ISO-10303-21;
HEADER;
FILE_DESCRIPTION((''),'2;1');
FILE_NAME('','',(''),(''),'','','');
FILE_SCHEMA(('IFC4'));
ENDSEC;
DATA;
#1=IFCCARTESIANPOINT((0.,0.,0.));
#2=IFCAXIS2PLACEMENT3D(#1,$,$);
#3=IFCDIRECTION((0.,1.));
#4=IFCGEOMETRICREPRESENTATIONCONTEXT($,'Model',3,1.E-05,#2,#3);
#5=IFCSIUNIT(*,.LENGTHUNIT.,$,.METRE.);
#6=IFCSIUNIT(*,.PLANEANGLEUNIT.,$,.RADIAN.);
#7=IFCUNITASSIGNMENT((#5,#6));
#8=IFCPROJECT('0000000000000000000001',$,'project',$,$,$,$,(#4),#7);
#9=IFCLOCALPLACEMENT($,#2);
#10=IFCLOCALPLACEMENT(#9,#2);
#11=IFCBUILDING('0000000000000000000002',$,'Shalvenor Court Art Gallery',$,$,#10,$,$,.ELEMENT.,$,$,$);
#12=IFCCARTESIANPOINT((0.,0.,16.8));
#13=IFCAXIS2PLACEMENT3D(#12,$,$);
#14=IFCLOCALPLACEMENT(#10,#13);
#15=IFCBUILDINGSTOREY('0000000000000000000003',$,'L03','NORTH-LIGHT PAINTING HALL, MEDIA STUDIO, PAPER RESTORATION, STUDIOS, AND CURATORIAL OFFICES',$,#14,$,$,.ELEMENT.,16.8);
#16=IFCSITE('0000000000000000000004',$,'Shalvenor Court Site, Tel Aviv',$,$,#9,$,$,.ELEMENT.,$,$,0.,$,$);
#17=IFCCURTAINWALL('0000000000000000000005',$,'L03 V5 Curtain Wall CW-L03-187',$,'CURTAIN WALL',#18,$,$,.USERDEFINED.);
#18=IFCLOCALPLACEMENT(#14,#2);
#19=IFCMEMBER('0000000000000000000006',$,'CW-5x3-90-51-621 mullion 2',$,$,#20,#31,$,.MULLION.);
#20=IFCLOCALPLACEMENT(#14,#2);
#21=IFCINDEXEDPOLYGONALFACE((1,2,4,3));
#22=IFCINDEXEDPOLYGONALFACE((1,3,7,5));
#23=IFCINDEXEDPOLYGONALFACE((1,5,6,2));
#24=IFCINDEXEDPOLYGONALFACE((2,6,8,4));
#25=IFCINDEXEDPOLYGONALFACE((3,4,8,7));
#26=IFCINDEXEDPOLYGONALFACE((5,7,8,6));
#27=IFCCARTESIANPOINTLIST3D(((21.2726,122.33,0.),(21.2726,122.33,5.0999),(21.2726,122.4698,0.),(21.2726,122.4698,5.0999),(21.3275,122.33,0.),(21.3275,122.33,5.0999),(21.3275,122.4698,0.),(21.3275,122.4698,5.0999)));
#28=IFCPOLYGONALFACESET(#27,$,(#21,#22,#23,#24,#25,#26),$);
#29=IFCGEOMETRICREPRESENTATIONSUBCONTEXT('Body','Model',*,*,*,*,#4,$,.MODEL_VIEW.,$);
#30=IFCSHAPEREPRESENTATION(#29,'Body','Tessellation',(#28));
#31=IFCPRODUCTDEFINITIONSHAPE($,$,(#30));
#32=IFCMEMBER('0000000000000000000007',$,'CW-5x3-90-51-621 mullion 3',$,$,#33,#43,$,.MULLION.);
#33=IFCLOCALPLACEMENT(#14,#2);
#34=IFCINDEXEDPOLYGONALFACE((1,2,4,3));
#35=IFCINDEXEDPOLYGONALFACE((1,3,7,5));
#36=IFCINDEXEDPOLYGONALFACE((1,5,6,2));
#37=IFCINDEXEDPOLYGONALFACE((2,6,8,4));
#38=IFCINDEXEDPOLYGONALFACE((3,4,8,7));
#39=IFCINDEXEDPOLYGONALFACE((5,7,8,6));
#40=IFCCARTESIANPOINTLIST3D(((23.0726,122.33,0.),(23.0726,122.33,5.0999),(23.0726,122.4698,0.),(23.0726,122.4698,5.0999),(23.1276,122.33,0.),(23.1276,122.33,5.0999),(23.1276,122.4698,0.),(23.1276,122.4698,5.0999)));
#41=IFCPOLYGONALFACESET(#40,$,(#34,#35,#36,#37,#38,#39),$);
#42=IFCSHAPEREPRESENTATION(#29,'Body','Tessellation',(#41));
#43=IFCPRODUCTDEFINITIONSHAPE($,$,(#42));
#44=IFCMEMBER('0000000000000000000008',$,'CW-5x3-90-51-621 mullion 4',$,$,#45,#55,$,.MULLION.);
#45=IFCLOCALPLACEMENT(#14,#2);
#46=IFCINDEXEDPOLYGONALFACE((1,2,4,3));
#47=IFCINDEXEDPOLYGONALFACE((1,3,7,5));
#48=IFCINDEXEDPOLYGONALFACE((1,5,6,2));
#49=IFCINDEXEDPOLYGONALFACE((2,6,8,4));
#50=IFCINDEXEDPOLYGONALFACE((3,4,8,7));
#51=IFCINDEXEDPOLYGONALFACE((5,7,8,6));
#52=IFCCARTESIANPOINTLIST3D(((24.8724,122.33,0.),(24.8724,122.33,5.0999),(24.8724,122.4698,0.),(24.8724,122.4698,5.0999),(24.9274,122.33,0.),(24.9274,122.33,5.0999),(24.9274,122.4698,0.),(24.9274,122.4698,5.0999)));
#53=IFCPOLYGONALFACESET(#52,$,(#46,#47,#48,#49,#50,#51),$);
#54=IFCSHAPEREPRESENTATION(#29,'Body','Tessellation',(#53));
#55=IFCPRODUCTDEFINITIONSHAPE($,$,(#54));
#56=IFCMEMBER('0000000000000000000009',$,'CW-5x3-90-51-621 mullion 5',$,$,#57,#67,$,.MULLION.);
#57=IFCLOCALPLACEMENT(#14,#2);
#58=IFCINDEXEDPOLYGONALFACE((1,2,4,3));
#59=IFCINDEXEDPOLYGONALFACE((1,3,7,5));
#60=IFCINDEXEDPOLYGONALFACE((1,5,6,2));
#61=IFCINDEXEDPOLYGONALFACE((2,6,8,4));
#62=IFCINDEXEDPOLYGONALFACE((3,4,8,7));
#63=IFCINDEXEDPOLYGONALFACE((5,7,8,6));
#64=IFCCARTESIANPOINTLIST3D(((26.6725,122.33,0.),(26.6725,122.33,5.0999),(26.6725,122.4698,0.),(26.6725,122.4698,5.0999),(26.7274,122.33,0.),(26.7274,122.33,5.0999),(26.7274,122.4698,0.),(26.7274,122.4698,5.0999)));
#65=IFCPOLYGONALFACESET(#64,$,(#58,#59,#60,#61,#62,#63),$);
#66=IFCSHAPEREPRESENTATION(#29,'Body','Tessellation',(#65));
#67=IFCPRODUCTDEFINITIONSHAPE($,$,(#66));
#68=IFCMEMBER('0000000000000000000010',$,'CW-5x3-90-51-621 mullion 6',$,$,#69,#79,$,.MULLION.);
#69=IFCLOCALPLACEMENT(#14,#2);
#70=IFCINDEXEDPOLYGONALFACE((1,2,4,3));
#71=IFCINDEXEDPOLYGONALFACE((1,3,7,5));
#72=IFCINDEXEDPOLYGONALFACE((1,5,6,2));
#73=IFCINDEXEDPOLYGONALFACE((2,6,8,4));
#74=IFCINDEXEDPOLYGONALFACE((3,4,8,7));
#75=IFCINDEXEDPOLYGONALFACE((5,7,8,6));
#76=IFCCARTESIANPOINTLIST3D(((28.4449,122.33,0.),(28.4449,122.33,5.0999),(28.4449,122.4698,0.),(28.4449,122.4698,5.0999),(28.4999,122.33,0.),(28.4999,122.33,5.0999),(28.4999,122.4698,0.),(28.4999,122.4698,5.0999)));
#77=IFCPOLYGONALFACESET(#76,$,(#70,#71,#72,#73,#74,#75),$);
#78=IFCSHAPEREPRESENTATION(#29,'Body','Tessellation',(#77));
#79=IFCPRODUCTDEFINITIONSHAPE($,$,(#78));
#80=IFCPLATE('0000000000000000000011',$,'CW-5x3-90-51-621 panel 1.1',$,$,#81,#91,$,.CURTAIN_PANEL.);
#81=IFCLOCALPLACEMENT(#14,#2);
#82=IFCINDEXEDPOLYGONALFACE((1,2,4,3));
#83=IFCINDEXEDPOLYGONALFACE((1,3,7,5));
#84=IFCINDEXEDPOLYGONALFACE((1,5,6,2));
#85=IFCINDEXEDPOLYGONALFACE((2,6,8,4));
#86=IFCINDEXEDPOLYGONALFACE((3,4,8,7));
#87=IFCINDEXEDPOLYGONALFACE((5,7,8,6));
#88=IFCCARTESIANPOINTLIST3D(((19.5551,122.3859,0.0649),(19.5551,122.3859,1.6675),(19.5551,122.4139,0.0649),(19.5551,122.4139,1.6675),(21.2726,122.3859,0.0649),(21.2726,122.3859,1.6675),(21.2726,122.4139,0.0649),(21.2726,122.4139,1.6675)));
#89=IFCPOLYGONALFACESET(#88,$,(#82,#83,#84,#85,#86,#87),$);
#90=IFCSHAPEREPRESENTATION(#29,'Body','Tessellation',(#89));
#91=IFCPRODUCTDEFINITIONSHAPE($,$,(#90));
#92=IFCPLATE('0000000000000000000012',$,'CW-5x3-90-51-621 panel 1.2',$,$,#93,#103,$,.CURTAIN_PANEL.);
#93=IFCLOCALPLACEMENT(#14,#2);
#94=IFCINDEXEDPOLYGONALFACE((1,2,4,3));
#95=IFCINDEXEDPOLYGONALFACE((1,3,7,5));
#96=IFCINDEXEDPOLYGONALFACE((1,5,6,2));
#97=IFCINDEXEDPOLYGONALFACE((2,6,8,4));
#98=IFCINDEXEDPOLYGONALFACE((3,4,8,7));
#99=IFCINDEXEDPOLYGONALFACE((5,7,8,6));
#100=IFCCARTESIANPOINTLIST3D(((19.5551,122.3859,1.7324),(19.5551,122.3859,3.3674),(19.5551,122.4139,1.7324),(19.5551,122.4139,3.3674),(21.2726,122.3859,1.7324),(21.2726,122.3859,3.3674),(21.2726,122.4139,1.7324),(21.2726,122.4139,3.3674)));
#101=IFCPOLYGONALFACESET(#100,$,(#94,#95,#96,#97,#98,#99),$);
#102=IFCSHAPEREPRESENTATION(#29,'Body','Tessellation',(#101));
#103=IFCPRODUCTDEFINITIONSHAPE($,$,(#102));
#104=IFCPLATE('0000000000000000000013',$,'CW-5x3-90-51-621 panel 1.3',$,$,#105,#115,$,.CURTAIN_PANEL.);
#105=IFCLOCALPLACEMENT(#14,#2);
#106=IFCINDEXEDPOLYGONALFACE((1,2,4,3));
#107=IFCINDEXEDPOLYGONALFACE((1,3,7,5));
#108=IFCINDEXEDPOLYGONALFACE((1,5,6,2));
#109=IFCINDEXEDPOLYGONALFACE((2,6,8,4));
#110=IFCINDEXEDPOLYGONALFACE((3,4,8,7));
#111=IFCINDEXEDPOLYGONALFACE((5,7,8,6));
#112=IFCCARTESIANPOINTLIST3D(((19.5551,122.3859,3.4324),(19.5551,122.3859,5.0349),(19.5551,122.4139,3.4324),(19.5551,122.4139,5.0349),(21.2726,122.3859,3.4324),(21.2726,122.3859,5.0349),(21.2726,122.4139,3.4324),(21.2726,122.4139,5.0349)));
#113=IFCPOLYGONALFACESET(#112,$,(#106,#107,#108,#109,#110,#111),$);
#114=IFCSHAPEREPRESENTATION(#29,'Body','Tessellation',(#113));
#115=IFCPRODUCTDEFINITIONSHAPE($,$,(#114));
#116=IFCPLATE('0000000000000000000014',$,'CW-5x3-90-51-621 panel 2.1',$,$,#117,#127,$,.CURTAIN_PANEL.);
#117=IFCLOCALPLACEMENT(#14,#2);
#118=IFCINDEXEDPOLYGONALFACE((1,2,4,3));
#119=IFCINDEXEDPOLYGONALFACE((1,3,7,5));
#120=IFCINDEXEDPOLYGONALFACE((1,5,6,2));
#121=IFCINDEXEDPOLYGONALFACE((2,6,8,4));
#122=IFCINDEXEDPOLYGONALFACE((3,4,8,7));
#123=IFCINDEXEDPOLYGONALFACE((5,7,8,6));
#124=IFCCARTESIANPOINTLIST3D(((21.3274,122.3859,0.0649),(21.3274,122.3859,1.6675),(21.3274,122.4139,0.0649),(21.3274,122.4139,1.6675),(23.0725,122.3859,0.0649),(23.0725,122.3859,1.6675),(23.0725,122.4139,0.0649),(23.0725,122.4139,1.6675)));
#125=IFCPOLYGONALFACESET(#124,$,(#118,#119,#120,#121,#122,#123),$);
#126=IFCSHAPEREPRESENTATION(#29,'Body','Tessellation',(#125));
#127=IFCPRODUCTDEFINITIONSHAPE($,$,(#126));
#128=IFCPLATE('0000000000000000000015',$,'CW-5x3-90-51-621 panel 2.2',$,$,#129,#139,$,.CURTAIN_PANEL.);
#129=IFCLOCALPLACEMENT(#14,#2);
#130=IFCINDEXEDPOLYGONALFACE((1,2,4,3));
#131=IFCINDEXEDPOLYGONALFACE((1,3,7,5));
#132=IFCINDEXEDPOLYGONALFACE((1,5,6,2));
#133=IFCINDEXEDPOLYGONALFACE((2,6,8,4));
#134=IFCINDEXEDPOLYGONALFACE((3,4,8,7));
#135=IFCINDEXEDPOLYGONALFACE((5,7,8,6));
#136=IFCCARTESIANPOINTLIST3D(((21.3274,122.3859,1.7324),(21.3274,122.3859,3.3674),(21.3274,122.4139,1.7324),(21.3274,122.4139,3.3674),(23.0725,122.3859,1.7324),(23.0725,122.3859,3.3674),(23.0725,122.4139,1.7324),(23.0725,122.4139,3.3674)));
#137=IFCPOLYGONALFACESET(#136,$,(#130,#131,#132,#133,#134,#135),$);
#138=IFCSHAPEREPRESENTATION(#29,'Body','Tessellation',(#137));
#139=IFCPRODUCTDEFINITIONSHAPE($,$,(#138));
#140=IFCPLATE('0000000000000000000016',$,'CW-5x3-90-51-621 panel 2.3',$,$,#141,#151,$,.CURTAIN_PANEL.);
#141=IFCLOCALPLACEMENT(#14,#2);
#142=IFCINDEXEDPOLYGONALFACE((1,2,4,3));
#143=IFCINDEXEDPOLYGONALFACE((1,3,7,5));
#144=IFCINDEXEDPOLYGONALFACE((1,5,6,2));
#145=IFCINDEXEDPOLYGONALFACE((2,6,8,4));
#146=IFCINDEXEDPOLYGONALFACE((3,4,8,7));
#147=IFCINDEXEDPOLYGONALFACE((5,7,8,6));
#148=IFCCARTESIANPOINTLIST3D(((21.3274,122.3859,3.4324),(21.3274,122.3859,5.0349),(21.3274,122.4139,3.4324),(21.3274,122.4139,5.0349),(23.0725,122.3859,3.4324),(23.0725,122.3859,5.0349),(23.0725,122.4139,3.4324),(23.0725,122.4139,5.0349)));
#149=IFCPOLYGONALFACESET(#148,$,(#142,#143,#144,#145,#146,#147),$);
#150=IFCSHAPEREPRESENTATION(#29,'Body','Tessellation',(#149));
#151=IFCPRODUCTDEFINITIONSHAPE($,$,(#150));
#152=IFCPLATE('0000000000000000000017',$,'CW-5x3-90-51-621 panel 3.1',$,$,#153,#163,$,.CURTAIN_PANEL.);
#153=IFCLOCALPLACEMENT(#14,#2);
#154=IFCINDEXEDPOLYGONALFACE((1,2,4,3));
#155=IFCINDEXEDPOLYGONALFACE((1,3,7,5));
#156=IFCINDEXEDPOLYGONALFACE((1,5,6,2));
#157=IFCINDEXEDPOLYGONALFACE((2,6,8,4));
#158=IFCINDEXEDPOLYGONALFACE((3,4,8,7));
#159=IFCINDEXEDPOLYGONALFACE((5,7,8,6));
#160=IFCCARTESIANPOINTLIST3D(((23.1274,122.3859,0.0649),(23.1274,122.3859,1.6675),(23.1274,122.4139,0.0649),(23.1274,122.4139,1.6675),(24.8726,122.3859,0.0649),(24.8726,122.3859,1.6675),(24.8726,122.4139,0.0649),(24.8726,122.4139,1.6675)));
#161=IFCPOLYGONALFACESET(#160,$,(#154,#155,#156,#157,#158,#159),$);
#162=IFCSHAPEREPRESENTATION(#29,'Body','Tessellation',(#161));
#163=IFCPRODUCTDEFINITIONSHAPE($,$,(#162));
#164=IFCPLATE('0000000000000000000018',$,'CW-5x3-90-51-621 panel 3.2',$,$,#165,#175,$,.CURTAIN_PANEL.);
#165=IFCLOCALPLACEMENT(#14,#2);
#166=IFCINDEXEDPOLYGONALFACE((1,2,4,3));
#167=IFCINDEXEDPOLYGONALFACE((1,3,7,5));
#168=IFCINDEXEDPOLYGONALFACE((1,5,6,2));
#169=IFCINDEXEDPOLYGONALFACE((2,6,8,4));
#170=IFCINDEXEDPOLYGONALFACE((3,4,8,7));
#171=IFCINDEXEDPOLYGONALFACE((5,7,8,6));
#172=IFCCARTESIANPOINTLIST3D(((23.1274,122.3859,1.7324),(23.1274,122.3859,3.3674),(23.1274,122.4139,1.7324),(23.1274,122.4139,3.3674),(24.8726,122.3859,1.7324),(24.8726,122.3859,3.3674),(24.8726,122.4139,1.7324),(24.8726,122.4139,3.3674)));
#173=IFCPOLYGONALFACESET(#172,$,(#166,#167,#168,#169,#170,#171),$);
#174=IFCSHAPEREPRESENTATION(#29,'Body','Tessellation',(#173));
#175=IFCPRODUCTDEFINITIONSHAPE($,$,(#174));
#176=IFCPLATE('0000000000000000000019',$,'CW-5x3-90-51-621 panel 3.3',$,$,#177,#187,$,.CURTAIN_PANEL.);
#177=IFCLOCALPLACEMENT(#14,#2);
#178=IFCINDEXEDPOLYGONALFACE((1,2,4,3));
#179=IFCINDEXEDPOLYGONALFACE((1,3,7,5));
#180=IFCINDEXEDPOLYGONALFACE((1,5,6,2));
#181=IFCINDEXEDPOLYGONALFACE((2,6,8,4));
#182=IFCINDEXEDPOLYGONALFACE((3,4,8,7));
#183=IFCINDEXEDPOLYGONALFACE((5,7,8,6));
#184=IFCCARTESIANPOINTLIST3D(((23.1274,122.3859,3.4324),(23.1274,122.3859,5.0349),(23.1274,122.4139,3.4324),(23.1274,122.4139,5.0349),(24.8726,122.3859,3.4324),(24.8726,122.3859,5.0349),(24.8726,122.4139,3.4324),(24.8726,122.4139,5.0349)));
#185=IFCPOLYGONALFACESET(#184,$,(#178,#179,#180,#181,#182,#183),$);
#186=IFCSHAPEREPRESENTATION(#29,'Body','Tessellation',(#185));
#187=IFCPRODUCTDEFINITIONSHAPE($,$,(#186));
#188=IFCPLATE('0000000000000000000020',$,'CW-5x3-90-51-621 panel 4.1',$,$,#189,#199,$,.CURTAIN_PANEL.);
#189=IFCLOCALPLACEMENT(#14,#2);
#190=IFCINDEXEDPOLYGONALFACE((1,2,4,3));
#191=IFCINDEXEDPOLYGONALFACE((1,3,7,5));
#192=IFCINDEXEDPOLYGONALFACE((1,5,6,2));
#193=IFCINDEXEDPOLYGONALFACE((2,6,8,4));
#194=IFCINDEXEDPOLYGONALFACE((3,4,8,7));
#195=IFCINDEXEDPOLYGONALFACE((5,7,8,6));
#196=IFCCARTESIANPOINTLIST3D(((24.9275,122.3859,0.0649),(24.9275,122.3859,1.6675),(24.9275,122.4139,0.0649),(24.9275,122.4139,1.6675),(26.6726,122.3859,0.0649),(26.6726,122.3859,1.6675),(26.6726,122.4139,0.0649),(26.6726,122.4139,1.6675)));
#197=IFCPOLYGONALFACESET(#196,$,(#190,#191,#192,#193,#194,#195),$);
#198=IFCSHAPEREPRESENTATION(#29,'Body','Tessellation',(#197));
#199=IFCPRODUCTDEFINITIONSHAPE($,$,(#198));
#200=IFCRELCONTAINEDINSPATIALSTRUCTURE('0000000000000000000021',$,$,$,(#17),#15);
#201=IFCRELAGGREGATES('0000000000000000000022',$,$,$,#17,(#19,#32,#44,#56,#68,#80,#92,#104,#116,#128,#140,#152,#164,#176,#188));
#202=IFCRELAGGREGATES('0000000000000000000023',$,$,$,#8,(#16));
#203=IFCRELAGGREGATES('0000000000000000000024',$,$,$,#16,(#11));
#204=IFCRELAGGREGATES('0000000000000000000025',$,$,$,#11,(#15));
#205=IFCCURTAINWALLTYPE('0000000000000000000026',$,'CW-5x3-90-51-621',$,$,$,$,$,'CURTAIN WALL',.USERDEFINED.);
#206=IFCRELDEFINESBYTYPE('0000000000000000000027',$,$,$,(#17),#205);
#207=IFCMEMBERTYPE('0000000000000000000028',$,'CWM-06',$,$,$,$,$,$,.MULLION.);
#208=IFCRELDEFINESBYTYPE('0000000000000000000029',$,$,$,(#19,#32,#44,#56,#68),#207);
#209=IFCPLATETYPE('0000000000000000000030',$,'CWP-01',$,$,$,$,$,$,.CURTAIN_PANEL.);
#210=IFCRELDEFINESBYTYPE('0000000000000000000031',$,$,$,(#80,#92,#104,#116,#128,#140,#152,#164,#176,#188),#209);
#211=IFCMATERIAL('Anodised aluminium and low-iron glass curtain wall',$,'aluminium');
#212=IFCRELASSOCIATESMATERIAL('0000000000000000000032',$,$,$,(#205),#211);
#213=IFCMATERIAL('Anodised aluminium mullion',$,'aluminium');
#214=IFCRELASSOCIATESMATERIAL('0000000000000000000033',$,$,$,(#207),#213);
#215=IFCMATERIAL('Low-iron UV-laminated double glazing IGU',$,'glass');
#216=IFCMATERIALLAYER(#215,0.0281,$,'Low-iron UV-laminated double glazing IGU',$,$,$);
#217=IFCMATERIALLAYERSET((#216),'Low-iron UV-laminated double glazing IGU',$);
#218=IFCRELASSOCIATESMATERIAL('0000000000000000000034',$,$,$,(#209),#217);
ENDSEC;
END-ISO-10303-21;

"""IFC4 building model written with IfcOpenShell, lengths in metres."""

from ifc_helpers import new_model, si_unit, direction, frame, origin, origin_2d, place, context, subcontext, project, spatial, rectangle, extrude, material, layer, layer_set, material_profile, profile_set, type_object, element, aggregate, save


model = new_model("IFC4")

# Units and contexts
model_context = context("Model", 3, precision=1e-05, world=origin(), true_north=direction((0.0, 1.0)))
body_context = subcontext(model_context, "Body", "Model", "MODEL_VIEW")
ifc_project = project(units=[si_unit("LENGTHUNIT", "METRE"), si_unit("PLANEANGLEUNIT", "RADIAN")], contexts=[model_context])

# Site, building, storey
site_placement = place(None, origin())
site = spatial("IfcSite", under=ifc_project, at=site_placement, Name="Shalvenor Court Site, Tel Aviv", CompositionType="ELEMENT", RefElevation=0.0)
building_placement = place(site_placement, origin())
building = spatial("IfcBuilding", under=site, at=building_placement, Name="Shalvenor Court Art Gallery", CompositionType="ELEMENT")
storey_placement = place(building_placement, frame((0.0, 0.0, 16.8)))
storey = spatial("IfcBuildingStorey", under=building, at=storey_placement, Name="L03", Description="NORTH-LIGHT PAINTING HALL, MEDIA STUDIO, PAPER RESTORATION, STUDIOS, AND CURATORIAL OFFICES", CompositionType="ELEMENT", Elevation=16.8)

# Curtain wall, members, plates
ifc_material_1 = material(Name="Anodised aluminium and low-iron glass curtain wall", Category="aluminium")
curtain_wall_type_1 = type_object("IfcCurtainWallType", Name="CW-5x3-90-51-621", ElementType="CURTAIN WALL", PredefinedType="USERDEFINED", material=ifc_material_1)
curtain_wall_1_placement = place(storey_placement, origin())
curtain_wall_1 = element("IfcCurtainWall", 1, at=curtain_wall_1_placement, inside=storey, type_object=curtain_wall_type_1, Name="L03 V5 Curtain Wall CW-L03-187", ObjectType="CURTAIN WALL", PredefinedType="USERDEFINED")
ifc_material_2 = material(Name="Anodised aluminium mullion", Category="aluminium")
ifc_material_profile = material_profile(ifc_material_2, rectangle(XDim=0.0549, YDim=0.1399, at=origin_2d()), Name="CWM-06")
ifc_profile_set = profile_set([ifc_material_profile], Name="Anodised aluminium mullion")
member_type = type_object("IfcMemberType", Name="CWM-06", PredefinedType="MULLION", material=ifc_profile_set)
member_1_placement = place(storey_placement, frame((21.3, 122.3999, 0.0), z_axis=(0.0, 0.0, 1.0), x_axis=(1.0, 0.0, 0.0)))
member_1 = element("IfcMember", 2, at=member_1_placement, type_object=member_type, Name="CW-5x3-90-51-621 mullion 2", PredefinedType="MULLION", context=body_context, shape_type="SweptSolid", body=[
    extrude(rectangle(XDim=0.0549, YDim=0.1399, at=origin_2d()), origin(), (0.0, 0.0, 1.0), 5.0999),
])
member_2_placement = place(storey_placement, frame((23.1001, 122.3999, 0.0), z_axis=(0.0, 0.0, 1.0), x_axis=(1.0, 0.0, 0.0)))
member_2 = element("IfcMember", 3, at=member_2_placement, type_object=member_type, Name="CW-5x3-90-51-621 mullion 3", PredefinedType="MULLION", context=body_context, shape_type="SweptSolid", body=[
    extrude(rectangle(XDim=0.0549, YDim=0.1399, at=origin_2d()), origin(), (0.0, 0.0, 1.0), 5.0999),
])
member_3_placement = place(storey_placement, frame((24.8999, 122.3999, 0.0), z_axis=(0.0, 0.0, 1.0), x_axis=(1.0, 0.0, 0.0)))
member_3 = element("IfcMember", 4, at=member_3_placement, type_object=member_type, Name="CW-5x3-90-51-621 mullion 4", PredefinedType="MULLION", context=body_context, shape_type="SweptSolid", body=[
    extrude(rectangle(XDim=0.0549, YDim=0.1399, at=origin_2d()), origin(), (0.0, 0.0, 1.0), 5.0999),
])
member_4_placement = place(storey_placement, frame((26.7, 122.3999, 0.0), z_axis=(0.0, 0.0, 1.0), x_axis=(1.0, 0.0, 0.0)))
member_4 = element("IfcMember", 5, at=member_4_placement, type_object=member_type, Name="CW-5x3-90-51-621 mullion 5", PredefinedType="MULLION", context=body_context, shape_type="SweptSolid", body=[
    extrude(rectangle(XDim=0.0549, YDim=0.1399, at=origin_2d()), origin(), (0.0, 0.0, 1.0), 5.0999),
])
member_5_placement = place(storey_placement, frame((28.4724, 122.3999, 0.0), z_axis=(0.0, 0.0, 1.0), x_axis=(1.0, 0.0, 0.0)))
member_5 = element("IfcMember", 6, at=member_5_placement, type_object=member_type, Name="CW-5x3-90-51-621 mullion 6", PredefinedType="MULLION", context=body_context, shape_type="SweptSolid", body=[
    extrude(rectangle(XDim=0.0549, YDim=0.1399, at=origin_2d()), origin(), (0.0, 0.0, 1.0), 5.0999),
])
ifc_material_3 = material(Name="Low-iron UV-laminated double glazing IGU", Category="glass")
ifc_layer_1 = layer(ifc_material_3, 0.0281, Name="Low-iron UV-laminated double glazing IGU")
ifc_layer_set_1 = layer_set([ifc_layer_1], Name="Low-iron UV-laminated double glazing IGU")
plate_type_1 = type_object("IfcPlateType", Name="CWP-01", PredefinedType="CURTAIN_PANEL", material=ifc_layer_set_1)
plate_1_placement = place(storey_placement, frame((20.4138, 122.3999, 0.0649), z_axis=(0.0, 0.0, 1.0), x_axis=(1.0, 0.0, 0.0)))
plate_1 = element("IfcPlate", 7, at=plate_1_placement, type_object=plate_type_1, Name="CW-5x3-90-51-621 panel 1.1", PredefinedType="CURTAIN_PANEL", context=body_context, shape_type="SweptSolid", body=[
    extrude(rectangle(XDim=1.7175, YDim=0.0281, at=origin_2d()), origin(), (0.0, 0.0, 1.0), 1.6025),
])
plate_2_placement = place(storey_placement, frame((20.4138, 122.3999, 1.7324), z_axis=(0.0, 0.0, 1.0), x_axis=(1.0, 0.0, 0.0)))
plate_2 = element("IfcPlate", 8, at=plate_2_placement, type_object=plate_type_1, Name="CW-5x3-90-51-621 panel 1.2", PredefinedType="CURTAIN_PANEL", context=body_context, shape_type="SweptSolid", body=[
    extrude(rectangle(XDim=1.7175, YDim=0.0281, at=origin_2d()), origin(), (0.0, 0.0, 1.0), 1.635),
])
plate_3_placement = place(storey_placement, frame((20.4138, 122.3999, 3.4324), z_axis=(0.0, 0.0, 1.0), x_axis=(1.0, 0.0, 0.0)))
plate_3 = element("IfcPlate", 9, at=plate_3_placement, type_object=plate_type_1, Name="CW-5x3-90-51-621 panel 1.3", PredefinedType="CURTAIN_PANEL", context=body_context, shape_type="SweptSolid", body=[
    extrude(rectangle(XDim=1.7175, YDim=0.0281, at=origin_2d()), origin(), (0.0, 0.0, 1.0), 1.6025),
])
plate_4_placement = place(storey_placement, frame((22.2, 122.3999, 0.0649), z_axis=(0.0, 0.0, 1.0), x_axis=(1.0, 0.0, 0.0)))
plate_4 = element("IfcPlate", 10, at=plate_4_placement, type_object=plate_type_1, Name="CW-5x3-90-51-621 panel 2.1", PredefinedType="CURTAIN_PANEL", context=body_context, shape_type="SweptSolid", body=[
    extrude(rectangle(XDim=1.7451, YDim=0.0281, at=origin_2d()), origin(), (0.0, 0.0, 1.0), 1.6025),
])
plate_5_placement = place(storey_placement, frame((22.2, 122.3999, 1.7324), z_axis=(0.0, 0.0, 1.0), x_axis=(1.0, 0.0, 0.0)))
plate_5 = element("IfcPlate", 11, at=plate_5_placement, type_object=plate_type_1, Name="CW-5x3-90-51-621 panel 2.2", PredefinedType="CURTAIN_PANEL", context=body_context, shape_type="SweptSolid", body=[
    extrude(rectangle(XDim=1.7451, YDim=0.0281, at=origin_2d()), origin(), (0.0, 0.0, 1.0), 1.635),
])
plate_6_placement = place(storey_placement, frame((22.2, 122.3999, 3.4324), z_axis=(0.0, 0.0, 1.0), x_axis=(1.0, 0.0, 0.0)))
plate_6 = element("IfcPlate", 12, at=plate_6_placement, type_object=plate_type_1, Name="CW-5x3-90-51-621 panel 2.3", PredefinedType="CURTAIN_PANEL", context=body_context, shape_type="SweptSolid", body=[
    extrude(rectangle(XDim=1.7451, YDim=0.0281, at=origin_2d()), origin(), (0.0, 0.0, 1.0), 1.6025),
])
plate_7_placement = place(storey_placement, frame((24.0, 122.3999, 0.0649), z_axis=(0.0, 0.0, 1.0), x_axis=(1.0, 0.0, 0.0)))
plate_7 = element("IfcPlate", 13, at=plate_7_placement, type_object=plate_type_1, Name="CW-5x3-90-51-621 panel 3.1", PredefinedType="CURTAIN_PANEL", context=body_context, shape_type="SweptSolid", body=[
    extrude(rectangle(XDim=1.7451, YDim=0.0281, at=origin_2d()), origin(), (0.0, 0.0, 1.0), 1.6025),
])
plate_8_placement = place(storey_placement, frame((24.0, 122.3999, 1.7324), z_axis=(0.0, 0.0, 1.0), x_axis=(1.0, 0.0, 0.0)))
plate_8 = element("IfcPlate", 14, at=plate_8_placement, type_object=plate_type_1, Name="CW-5x3-90-51-621 panel 3.2", PredefinedType="CURTAIN_PANEL", context=body_context, shape_type="SweptSolid", body=[
    extrude(rectangle(XDim=1.7451, YDim=0.0281, at=origin_2d()), origin(), (0.0, 0.0, 1.0), 1.635),
])
plate_9_placement = place(storey_placement, frame((24.0, 122.3999, 3.4324), z_axis=(0.0, 0.0, 1.0), x_axis=(1.0, 0.0, 0.0)))
plate_9 = element("IfcPlate", 15, at=plate_9_placement, type_object=plate_type_1, Name="CW-5x3-90-51-621 panel 3.3", PredefinedType="CURTAIN_PANEL", context=body_context, shape_type="SweptSolid", body=[
    extrude(rectangle(XDim=1.7451, YDim=0.0281, at=origin_2d()), origin(), (0.0, 0.0, 1.0), 1.6025),
])
plate_10_placement = place(storey_placement, frame((25.8, 122.3999, 0.0649), z_axis=(0.0, 0.0, 1.0), x_axis=(1.0, 0.0, 0.0)))
plate_10 = element("IfcPlate", 16, at=plate_10_placement, type_object=plate_type_1, Name="CW-5x3-90-51-621 panel 4.1", PredefinedType="CURTAIN_PANEL", context=body_context, shape_type="SweptSolid", body=[
    extrude(rectangle(XDim=1.7451, YDim=0.0281, at=origin_2d()), origin(), (0.0, 0.0, 1.0), 1.6025),
])
aggregate(curtain_wall_1, [member_1, member_2, member_3, member_4, member_5, plate_1, plate_2, plate_3, plate_4, plate_5, plate_6, plate_7, plate_8, plate_9, plate_10])

save(model, "model.ifc")
